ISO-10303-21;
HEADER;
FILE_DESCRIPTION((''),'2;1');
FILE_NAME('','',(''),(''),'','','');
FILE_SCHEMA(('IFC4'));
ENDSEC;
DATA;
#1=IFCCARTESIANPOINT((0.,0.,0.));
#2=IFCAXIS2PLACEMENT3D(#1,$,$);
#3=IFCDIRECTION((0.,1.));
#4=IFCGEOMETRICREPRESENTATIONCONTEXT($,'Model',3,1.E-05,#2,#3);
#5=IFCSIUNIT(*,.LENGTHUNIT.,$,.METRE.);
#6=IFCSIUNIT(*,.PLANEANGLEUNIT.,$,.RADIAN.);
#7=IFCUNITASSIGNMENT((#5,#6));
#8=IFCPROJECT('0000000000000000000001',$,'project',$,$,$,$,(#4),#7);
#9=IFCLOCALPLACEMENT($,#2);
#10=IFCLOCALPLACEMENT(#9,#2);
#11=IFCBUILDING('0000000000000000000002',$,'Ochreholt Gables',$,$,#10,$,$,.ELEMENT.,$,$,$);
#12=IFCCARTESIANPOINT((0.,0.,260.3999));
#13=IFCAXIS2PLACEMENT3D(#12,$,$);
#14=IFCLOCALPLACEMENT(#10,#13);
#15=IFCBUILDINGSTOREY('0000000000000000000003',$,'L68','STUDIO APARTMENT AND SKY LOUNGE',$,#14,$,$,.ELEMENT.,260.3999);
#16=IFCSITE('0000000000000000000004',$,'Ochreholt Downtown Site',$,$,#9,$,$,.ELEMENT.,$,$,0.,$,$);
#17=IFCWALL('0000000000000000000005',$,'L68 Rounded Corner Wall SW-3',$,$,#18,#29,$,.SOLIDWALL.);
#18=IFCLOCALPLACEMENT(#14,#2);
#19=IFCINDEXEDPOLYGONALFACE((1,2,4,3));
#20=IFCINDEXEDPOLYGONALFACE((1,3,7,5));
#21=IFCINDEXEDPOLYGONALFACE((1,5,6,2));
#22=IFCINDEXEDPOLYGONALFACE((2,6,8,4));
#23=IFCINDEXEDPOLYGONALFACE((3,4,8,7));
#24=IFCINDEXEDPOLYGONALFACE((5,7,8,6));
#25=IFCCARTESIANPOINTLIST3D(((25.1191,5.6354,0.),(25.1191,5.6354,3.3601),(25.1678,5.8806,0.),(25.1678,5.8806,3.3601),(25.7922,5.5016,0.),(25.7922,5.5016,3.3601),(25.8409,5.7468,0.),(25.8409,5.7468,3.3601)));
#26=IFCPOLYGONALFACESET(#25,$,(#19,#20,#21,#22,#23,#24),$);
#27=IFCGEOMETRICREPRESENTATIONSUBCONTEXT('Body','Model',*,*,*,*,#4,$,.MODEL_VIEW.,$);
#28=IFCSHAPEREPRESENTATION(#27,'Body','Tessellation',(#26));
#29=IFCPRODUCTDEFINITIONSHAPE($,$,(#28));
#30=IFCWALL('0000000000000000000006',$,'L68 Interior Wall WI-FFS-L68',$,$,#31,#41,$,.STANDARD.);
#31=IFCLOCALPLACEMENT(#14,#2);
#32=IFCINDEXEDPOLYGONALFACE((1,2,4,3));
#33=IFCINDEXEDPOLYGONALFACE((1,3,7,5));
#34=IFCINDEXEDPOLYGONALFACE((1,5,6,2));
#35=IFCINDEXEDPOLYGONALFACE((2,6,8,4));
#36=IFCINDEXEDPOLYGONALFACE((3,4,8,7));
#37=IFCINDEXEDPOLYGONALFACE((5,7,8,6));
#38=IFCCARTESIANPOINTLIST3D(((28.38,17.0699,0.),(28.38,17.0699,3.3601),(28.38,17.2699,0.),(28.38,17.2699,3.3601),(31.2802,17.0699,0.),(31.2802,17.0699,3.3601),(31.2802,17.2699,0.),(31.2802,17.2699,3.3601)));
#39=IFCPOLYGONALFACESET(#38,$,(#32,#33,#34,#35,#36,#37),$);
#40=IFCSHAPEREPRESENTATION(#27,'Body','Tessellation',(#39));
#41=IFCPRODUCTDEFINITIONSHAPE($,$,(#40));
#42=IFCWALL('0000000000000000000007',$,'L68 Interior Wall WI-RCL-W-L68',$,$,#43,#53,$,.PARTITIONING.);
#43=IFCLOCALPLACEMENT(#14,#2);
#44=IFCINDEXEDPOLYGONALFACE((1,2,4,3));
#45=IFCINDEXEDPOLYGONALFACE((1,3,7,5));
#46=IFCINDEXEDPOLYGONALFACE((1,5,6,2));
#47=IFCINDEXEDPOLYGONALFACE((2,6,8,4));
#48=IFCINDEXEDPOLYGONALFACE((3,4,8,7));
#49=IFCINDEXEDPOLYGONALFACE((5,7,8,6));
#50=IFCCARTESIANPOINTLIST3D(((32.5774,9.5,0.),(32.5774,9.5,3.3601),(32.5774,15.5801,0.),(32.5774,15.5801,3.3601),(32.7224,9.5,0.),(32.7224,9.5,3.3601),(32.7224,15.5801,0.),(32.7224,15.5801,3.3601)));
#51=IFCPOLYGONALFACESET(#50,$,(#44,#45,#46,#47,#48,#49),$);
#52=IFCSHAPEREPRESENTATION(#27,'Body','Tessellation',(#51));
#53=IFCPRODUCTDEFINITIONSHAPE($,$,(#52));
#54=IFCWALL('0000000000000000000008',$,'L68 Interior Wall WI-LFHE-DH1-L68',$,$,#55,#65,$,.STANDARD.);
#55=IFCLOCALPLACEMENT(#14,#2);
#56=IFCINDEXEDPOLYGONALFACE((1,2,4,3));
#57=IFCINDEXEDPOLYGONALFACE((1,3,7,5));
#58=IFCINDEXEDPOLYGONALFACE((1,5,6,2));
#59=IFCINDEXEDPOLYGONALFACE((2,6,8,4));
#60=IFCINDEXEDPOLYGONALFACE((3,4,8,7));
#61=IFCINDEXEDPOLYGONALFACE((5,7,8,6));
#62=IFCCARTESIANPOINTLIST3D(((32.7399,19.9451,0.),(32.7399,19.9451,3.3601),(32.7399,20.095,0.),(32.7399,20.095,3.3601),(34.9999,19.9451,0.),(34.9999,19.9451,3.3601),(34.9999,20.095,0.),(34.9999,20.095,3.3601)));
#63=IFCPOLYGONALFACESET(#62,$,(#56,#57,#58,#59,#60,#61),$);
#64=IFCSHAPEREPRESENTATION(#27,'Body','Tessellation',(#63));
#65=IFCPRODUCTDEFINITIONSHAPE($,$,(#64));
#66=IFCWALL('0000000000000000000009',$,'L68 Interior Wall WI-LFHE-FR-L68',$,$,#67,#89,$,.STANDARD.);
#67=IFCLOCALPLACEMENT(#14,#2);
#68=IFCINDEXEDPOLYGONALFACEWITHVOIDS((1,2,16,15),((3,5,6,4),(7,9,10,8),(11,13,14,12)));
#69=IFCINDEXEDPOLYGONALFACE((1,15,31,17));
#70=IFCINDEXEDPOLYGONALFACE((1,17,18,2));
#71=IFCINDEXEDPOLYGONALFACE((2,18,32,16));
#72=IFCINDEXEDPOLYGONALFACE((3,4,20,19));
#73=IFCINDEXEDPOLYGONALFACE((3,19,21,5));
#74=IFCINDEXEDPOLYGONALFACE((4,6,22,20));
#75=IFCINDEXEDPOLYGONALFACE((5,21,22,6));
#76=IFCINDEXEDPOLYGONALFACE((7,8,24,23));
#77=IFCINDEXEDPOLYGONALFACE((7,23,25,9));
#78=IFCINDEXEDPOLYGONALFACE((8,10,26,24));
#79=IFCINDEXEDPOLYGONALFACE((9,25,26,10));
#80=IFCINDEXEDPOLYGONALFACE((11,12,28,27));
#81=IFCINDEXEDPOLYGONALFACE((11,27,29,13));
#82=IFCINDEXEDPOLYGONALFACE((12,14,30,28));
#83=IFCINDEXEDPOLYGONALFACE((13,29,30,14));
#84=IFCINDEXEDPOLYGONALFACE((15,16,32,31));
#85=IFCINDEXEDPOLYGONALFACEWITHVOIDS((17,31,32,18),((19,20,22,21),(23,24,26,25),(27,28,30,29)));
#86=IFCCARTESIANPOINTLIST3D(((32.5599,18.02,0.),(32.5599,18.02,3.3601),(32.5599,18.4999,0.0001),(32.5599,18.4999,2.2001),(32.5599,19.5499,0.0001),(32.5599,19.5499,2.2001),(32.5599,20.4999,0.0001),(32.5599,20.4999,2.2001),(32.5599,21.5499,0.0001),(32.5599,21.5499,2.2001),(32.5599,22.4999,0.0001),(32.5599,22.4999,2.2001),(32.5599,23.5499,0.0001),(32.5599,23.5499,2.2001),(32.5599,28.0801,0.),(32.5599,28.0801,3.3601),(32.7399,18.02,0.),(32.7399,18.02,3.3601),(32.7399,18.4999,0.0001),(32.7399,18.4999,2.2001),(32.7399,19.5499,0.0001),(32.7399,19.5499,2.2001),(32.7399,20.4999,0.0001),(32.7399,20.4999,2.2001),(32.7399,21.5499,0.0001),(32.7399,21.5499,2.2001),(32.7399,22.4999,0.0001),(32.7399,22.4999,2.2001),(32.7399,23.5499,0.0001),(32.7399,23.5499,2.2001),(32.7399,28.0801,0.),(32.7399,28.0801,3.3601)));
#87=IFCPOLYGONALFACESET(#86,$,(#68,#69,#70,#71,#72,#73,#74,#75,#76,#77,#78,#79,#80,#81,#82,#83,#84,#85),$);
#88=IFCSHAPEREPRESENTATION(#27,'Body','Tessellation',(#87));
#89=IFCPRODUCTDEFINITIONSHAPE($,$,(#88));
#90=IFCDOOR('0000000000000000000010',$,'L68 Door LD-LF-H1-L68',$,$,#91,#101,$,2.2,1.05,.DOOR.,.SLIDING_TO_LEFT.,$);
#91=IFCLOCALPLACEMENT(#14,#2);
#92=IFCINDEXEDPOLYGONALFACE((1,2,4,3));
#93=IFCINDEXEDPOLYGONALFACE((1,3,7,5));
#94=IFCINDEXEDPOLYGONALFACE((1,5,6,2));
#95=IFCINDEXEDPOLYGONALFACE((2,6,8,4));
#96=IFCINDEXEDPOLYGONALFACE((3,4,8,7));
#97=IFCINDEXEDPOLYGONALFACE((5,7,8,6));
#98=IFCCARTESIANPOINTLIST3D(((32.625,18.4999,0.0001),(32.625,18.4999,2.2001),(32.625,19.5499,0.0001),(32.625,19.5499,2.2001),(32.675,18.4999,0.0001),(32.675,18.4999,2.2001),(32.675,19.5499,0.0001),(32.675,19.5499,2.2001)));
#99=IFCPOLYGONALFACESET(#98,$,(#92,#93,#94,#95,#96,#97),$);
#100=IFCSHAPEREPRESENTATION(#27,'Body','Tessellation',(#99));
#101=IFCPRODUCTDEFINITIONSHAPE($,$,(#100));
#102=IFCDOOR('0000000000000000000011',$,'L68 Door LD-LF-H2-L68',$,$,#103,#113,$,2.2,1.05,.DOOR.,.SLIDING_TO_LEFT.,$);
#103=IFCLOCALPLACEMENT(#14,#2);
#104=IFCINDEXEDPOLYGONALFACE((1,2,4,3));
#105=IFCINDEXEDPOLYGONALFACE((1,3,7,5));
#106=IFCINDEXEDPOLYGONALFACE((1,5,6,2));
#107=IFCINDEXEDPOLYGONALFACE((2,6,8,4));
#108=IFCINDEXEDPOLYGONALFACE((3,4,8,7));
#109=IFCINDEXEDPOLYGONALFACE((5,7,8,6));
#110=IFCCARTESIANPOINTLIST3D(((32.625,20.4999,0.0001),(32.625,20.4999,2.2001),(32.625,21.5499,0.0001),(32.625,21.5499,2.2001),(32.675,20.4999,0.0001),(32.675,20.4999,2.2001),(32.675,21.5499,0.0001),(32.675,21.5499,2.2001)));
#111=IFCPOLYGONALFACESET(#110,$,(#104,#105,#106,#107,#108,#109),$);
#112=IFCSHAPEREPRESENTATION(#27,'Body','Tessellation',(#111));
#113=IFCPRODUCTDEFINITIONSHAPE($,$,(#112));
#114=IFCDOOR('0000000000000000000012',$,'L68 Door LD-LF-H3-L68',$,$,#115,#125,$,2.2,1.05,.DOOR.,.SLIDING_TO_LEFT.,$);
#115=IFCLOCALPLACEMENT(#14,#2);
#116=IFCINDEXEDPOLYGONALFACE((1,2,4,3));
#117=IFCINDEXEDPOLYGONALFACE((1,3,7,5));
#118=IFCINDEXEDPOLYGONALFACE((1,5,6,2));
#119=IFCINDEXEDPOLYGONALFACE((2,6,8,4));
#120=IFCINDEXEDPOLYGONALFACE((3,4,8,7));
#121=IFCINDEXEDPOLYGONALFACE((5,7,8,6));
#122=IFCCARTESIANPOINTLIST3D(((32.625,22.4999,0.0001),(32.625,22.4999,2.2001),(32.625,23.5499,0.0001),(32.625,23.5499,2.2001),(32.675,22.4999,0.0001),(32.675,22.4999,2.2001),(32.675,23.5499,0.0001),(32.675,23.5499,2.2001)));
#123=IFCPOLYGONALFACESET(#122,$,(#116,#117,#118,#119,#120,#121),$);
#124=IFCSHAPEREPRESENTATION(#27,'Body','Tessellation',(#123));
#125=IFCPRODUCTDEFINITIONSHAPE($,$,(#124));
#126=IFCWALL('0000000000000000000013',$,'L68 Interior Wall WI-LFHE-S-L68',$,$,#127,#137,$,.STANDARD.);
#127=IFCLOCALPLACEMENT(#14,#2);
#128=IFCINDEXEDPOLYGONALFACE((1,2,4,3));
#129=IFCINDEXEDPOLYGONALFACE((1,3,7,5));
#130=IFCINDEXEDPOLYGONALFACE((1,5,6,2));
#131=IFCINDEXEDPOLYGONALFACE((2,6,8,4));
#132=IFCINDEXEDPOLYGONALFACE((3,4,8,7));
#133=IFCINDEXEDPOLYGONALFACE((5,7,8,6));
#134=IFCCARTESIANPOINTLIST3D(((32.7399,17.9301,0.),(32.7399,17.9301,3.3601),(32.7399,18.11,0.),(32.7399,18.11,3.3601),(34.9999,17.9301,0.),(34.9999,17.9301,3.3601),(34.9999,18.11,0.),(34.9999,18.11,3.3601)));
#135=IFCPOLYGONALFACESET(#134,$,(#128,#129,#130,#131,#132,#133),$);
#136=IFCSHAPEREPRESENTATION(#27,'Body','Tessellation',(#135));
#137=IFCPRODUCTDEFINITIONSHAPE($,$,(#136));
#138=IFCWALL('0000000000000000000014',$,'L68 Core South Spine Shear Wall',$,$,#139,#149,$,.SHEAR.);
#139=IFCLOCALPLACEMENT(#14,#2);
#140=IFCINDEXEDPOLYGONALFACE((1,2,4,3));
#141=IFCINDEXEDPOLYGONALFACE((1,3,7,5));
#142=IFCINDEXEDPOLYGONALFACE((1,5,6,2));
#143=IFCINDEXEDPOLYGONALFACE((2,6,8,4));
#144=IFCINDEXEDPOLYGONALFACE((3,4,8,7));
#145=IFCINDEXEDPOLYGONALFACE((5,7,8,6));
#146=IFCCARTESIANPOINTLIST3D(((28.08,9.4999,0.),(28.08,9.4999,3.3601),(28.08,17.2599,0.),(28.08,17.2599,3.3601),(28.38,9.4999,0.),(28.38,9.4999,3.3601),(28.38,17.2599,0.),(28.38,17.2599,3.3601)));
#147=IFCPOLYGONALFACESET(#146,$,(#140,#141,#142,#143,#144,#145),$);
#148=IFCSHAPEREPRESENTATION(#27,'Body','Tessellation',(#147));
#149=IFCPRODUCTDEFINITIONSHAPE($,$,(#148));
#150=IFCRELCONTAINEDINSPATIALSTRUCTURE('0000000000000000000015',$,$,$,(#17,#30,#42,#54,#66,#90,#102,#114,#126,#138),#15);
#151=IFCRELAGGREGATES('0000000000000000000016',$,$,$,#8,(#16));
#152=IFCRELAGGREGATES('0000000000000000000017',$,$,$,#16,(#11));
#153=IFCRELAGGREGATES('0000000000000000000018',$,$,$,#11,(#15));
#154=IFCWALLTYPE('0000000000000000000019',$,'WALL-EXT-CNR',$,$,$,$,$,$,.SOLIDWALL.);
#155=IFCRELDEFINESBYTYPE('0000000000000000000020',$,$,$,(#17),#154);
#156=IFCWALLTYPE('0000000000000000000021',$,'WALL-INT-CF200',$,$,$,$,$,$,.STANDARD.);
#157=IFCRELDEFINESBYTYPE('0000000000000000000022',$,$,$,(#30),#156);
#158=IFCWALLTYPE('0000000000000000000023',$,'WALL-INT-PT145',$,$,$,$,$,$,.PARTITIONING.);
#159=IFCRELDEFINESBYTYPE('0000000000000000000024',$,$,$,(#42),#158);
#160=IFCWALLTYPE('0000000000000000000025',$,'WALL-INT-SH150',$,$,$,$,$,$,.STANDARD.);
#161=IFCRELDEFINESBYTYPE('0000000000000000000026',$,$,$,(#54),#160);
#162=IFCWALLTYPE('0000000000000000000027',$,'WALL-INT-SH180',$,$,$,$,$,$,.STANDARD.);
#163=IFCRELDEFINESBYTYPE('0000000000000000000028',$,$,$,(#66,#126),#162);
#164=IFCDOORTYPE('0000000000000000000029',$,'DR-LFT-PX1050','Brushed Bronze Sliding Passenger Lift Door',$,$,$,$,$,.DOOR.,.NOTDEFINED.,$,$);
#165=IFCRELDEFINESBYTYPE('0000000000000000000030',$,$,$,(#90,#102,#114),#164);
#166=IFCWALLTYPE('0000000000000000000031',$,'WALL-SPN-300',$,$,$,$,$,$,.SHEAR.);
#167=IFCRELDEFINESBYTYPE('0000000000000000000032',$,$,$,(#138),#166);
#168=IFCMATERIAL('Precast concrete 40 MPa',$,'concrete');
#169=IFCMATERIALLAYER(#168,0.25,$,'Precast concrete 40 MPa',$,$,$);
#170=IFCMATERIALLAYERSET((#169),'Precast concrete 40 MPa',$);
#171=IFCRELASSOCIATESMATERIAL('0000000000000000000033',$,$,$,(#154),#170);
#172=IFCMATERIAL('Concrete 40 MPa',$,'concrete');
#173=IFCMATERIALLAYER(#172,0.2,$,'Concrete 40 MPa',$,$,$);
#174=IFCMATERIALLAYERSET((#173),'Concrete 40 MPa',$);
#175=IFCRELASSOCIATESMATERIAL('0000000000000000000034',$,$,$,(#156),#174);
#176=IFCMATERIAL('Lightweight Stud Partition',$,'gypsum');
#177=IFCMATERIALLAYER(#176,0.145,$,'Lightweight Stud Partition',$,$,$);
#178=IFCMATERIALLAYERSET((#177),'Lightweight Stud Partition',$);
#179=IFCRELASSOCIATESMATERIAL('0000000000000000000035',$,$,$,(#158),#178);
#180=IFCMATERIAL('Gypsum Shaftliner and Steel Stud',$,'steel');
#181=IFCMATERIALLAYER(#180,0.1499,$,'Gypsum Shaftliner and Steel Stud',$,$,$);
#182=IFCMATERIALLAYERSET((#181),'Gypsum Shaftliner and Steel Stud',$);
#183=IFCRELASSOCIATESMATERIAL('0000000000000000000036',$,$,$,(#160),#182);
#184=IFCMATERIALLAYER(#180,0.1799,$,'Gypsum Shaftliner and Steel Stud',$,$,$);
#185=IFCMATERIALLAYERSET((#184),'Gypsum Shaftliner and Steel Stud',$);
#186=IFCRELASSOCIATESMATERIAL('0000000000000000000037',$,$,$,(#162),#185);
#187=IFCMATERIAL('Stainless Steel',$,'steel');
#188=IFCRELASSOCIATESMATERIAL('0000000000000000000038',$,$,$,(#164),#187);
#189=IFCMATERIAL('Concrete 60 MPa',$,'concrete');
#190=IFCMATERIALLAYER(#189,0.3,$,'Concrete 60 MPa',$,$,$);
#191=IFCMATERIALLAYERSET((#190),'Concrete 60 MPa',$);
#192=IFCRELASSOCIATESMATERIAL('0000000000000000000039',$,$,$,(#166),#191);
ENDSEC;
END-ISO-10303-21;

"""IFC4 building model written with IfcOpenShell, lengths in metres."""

from ifc_helpers import new_model, si_unit, direction, frame, frame_2d, origin, place, context, subcontext, project, spatial, rectangle, extrude, material, layer, layer_set, type_object, element, fill, save


model = new_model("IFC4")

# Units and contexts
model_context = context("Model", 3, precision=1e-05, world=origin(), true_north=direction((0.0, 1.0)))
body_context = subcontext(model_context, "Body", "Model", "MODEL_VIEW")
ifc_project = project(units=[si_unit("LENGTHUNIT", "METRE"), si_unit("PLANEANGLEUNIT", "RADIAN")], contexts=[model_context])

# Site, building, storey
site_placement = place(None, origin())
site = spatial("IfcSite", under=ifc_project, at=site_placement, Name="Ochreholt Downtown Site", CompositionType="ELEMENT", RefElevation=0.0)
building_placement = place(site_placement, origin())
building = spatial("IfcBuilding", under=site, at=building_placement, Name="Ochreholt Gables", CompositionType="ELEMENT")
storey_placement = place(building_placement, frame((0.0, 0.0, 260.3999)))
storey = spatial("IfcBuildingStorey", under=building, at=storey_placement, Name="L68", Description="STUDIO APARTMENT AND SKY LOUNGE", CompositionType="ELEMENT", Elevation=260.3999)

# Shared definitions
ifc_material_1 = material(Name="Precast concrete 40 MPa", Category="concrete")

# Walls
ifc_layer_1 = layer(ifc_material_1, 0.25, Name="Precast concrete 40 MPa")
ifc_layer_set_1 = layer_set([ifc_layer_1], Name="Precast concrete 40 MPa")
wall_type_1 = type_object("IfcWallType", Name="WALL-EXT-CNR", PredefinedType="SOLIDWALL", material=ifc_layer_set_1)
wall_1_placement = place(storey_placement, frame((25.1433, 5.7581, 0.0), z_axis=(0.0, 0.0, 1.0), x_axis=(0.980813, -0.194953, 0.0)))
element("IfcWall", 1, at=wall_1_placement, inside=storey, type_object=wall_type_1, Name="L68 Rounded Corner Wall SW-3", PredefinedType="SOLIDWALL", context=body_context, shape_type="SweptSolid", body=[
    extrude(rectangle(XDim=0.6863, YDim=0.25, at=frame_2d((0.3433, 0.0))), origin(), (0.0, 0.0, 1.0), 3.3601),
])
ifc_material_2 = material(Name="Concrete 40 MPa", Category="concrete")
ifc_layer_2 = layer(ifc_material_2, 0.2, Name="Concrete 40 MPa")
ifc_layer_set_2 = layer_set([ifc_layer_2], Name="Concrete 40 MPa")
wall_type_2 = type_object("IfcWallType", Name="WALL-INT-CF200", PredefinedType="STANDARD", material=ifc_layer_set_2)
wall_2_placement = place(storey_placement, frame((28.3799, 17.1699, 0.0), z_axis=(0.0, 0.0, 1.0), x_axis=(1.0, 0.0, 0.0)))
element("IfcWall", 2, at=wall_2_placement, inside=storey, type_object=wall_type_2, Name="L68 Interior Wall WI-FFS-L68", PredefinedType="STANDARD", context=body_context, shape_type="SweptSolid", body=[
    extrude(rectangle(XDim=2.9001, YDim=0.2, at=frame_2d((1.4502, 0.0))), origin(), (0.0, 0.0, 1.0), 3.3601),
])

# Wall
ifc_material_3 = material(Name="Lightweight Stud Partition", Category="gypsum")
ifc_layer_3 = layer(ifc_material_3, 0.145, Name="Lightweight Stud Partition")
ifc_layer_set_3 = layer_set([ifc_layer_3], Name="Lightweight Stud Partition")
wall_type_3 = type_object("IfcWallType", Name="WALL-INT-PT145", PredefinedType="PARTITIONING", material=ifc_layer_set_3)
wall_3_placement = place(storey_placement, frame((32.6499, 9.5, 0.0), z_axis=(0.0, 0.0, 1.0), x_axis=(0.0, 1.0, 0.0)))
element("IfcWall", 3, at=wall_3_placement, inside=storey, type_object=wall_type_3, Name="L68 Interior Wall WI-RCL-W-L68", PredefinedType="PARTITIONING", context=body_context, shape_type="SweptSolid", body=[
    extrude(rectangle(XDim=6.0801, YDim=0.145, at=frame_2d((3.04, 0.0))), origin(), (0.0, 0.0, 1.0), 3.3601),
])

# Wall
ifc_material_4 = material(Name="Gypsum Shaftliner and Steel Stud", Category="steel")
ifc_layer_4 = layer(ifc_material_4, 0.1499, Name="Gypsum Shaftliner and Steel Stud")
ifc_layer_set_4 = layer_set([ifc_layer_4], Name="Gypsum Shaftliner and Steel Stud")
wall_type_4 = type_object("IfcWallType", Name="WALL-INT-SH150", PredefinedType="STANDARD", material=ifc_layer_set_4)
wall_4_placement = place(storey_placement, frame((32.74, 20.02, 0.0), z_axis=(0.0, 0.0, 1.0), x_axis=(1.0, 0.0, 0.0)))
element("IfcWall", 4, at=wall_4_placement, inside=storey, type_object=wall_type_4, Name="L68 Interior Wall WI-LFHE-DH1-L68", PredefinedType="STANDARD", context=body_context, shape_type="SweptSolid", body=[
    extrude(rectangle(XDim=2.26, YDim=0.1499, at=frame_2d((1.1299, 0.0))), origin(), (0.0, 0.0, 1.0), 3.3601),
])

# Wall, openings, doors
ifc_layer_5 = layer(ifc_material_4, 0.1799, Name="Gypsum Shaftliner and Steel Stud")
ifc_layer_set_5 = layer_set([ifc_layer_5], Name="Gypsum Shaftliner and Steel Stud")
wall_type_5 = type_object("IfcWallType", Name="WALL-INT-SH180", PredefinedType="STANDARD", material=ifc_layer_set_5)
wall_5_placement = place(storey_placement, frame((32.6499, 18.02, 0.0), z_axis=(0.0, 0.0, 1.0), x_axis=(0.0, 1.0, 0.0)))
wall_5 = element("IfcWall", 5, at=wall_5_placement, inside=storey, type_object=wall_type_5, Name="L68 Interior Wall WI-LFHE-FR-L68", PredefinedType="STANDARD", context=body_context, shape_type="SweptSolid", body=[
    extrude(rectangle(XDim=10.0601, YDim=0.1799, at=frame_2d((5.03, 0.0))), origin(), (0.0, 0.0, 1.0), 3.3601),
])
opening_1_placement = place(wall_5_placement, frame((0.48, 0.0, 0.0)))
opening_1 = element("IfcOpeningElement", 6, at=opening_1_placement, cuts=wall_5, PredefinedType="OPENING", context=body_context, shape_type="SweptSolid", body=[
    extrude(rectangle(XDim=1.05, YDim=2.2, at=frame_2d((0.5249, 1.1001))), frame((0.0, 0.0999, 0.0), z_axis=(0.0, -1.0, 0.0), x_axis=(1.0, 0.0, 0.0)), (0.0, 0.0, 1.0), 0.2),
])
opening_2_placement = place(wall_5_placement, frame((2.48, 0.0, 0.0)))
opening_2 = element("IfcOpeningElement", 7, at=opening_2_placement, cuts=wall_5, PredefinedType="OPENING", context=body_context, shape_type="SweptSolid", body=[
    extrude(rectangle(XDim=1.05, YDim=2.2, at=frame_2d((0.5249, 1.1001))), frame((0.0, 0.0999, 0.0), z_axis=(0.0, -1.0, 0.0), x_axis=(1.0, 0.0, 0.0)), (0.0, 0.0, 1.0), 0.2),
])
opening_3_placement = place(wall_5_placement, frame((4.48, 0.0, 0.0)))
opening_3 = element("IfcOpeningElement", 8, at=opening_3_placement, cuts=wall_5, PredefinedType="OPENING", context=body_context, shape_type="SweptSolid", body=[
    extrude(rectangle(XDim=1.05, YDim=2.2, at=frame_2d((0.5249, 1.1001))), frame((0.0, 0.0999, 0.0), z_axis=(0.0, -1.0, 0.0), x_axis=(1.0, 0.0, 0.0)), (0.0, 0.0, 1.0), 0.2),
])
ifc_material_5 = material(Name="Stainless Steel", Category="steel")
door_type_1 = type_object("IfcDoorType", Name="DR-LFT-PX1050", Description="Brushed Bronze Sliding Passenger Lift Door", OperationType="NOTDEFINED", PredefinedType="DOOR", material=ifc_material_5)
door_1_placement = place(opening_1_placement, origin())
door_1 = element("IfcDoor", 9, at=door_1_placement, inside=storey, type_object=door_type_1, Name="L68 Door LD-LF-H1-L68", OperationType="SLIDING_TO_LEFT", OverallHeight=2.2, OverallWidth=1.05, PredefinedType="DOOR", context=body_context, shape_type="SweptSolid", body=[
    extrude(rectangle(XDim=1.05, YDim=2.2, at=frame_2d((0.5249, 1.1001))), frame((0.0, 0.0249, 0.0), z_axis=(0.0, -1.0, 0.0), x_axis=(1.0, 0.0, 0.0)), (0.0, 0.0, 1.0), 0.05),
])
fill(opening_1, door_1)
door_2_placement = place(opening_2_placement, origin())
door_2 = element("IfcDoor", 10, at=door_2_placement, inside=storey, type_object=door_type_1, Name="L68 Door LD-LF-H2-L68", OperationType="SLIDING_TO_LEFT", OverallHeight=2.2, OverallWidth=1.05, PredefinedType="DOOR", context=body_context, shape_type="SweptSolid", body=[
    extrude(rectangle(XDim=1.05, YDim=2.2, at=frame_2d((0.5249, 1.1001))), frame((0.0, 0.0249, 0.0), z_axis=(0.0, -1.0, 0.0), x_axis=(1.0, 0.0, 0.0)), (0.0, 0.0, 1.0), 0.05),
])
fill(opening_2, door_2)
door_3_placement = place(opening_3_placement, origin())
door_3 = element("IfcDoor", 11, at=door_3_placement, inside=storey, type_object=door_type_1, Name="L68 Door LD-LF-H3-L68", OperationType="SLIDING_TO_LEFT", OverallHeight=2.2, OverallWidth=1.05, PredefinedType="DOOR", context=body_context, shape_type="SweptSolid", body=[
    extrude(rectangle(XDim=1.05, YDim=2.2, at=frame_2d((0.5249, 1.1001))), frame((0.0, 0.0249, 0.0), z_axis=(0.0, -1.0, 0.0), x_axis=(1.0, 0.0, 0.0)), (0.0, 0.0, 1.0), 0.05),
])
fill(opening_3, door_3)

# Walls
wall_6_placement = place(storey_placement, frame((32.74, 18.02, 0.0), z_axis=(0.0, 0.0, 1.0), x_axis=(1.0, 0.0, 0.0)))
element("IfcWall", 12, at=wall_6_placement, inside=storey, type_object=wall_type_5, Name="L68 Interior Wall WI-LFHE-S-L68", PredefinedType="STANDARD", context=body_context, shape_type="SweptSolid", body=[
    extrude(rectangle(XDim=2.26, YDim=0.1799, at=frame_2d((1.1299, 0.0))), origin(), (0.0, 0.0, 1.0), 3.3601),
])
ifc_material_6 = material(Name="Concrete 60 MPa", Category="concrete")
ifc_layer_6 = layer(ifc_material_6, 0.3, Name="Concrete 60 MPa")
ifc_layer_set_6 = layer_set([ifc_layer_6], Name="Concrete 60 MPa")
wall_type_6 = type_object("IfcWallType", Name="WALL-SPN-300", PredefinedType="SHEAR", material=ifc_layer_set_6)
wall_7_placement = place(storey_placement, frame((28.23, 9.5, 0.0), z_axis=(0.0, 0.0, 1.0), x_axis=(0.0, 1.0, 0.0)))
element("IfcWall", 13, at=wall_7_placement, inside=storey, type_object=wall_type_6, Name="L68 Core South Spine Shear Wall", PredefinedType="SHEAR", context=body_context, shape_type="SweptSolid", body=[
    extrude(rectangle(XDim=7.76, YDim=0.3, at=frame_2d((3.8799, 0.0))), origin(), (0.0, 0.0, 1.0), 3.3601),
])

save(model, "model.ifc")
